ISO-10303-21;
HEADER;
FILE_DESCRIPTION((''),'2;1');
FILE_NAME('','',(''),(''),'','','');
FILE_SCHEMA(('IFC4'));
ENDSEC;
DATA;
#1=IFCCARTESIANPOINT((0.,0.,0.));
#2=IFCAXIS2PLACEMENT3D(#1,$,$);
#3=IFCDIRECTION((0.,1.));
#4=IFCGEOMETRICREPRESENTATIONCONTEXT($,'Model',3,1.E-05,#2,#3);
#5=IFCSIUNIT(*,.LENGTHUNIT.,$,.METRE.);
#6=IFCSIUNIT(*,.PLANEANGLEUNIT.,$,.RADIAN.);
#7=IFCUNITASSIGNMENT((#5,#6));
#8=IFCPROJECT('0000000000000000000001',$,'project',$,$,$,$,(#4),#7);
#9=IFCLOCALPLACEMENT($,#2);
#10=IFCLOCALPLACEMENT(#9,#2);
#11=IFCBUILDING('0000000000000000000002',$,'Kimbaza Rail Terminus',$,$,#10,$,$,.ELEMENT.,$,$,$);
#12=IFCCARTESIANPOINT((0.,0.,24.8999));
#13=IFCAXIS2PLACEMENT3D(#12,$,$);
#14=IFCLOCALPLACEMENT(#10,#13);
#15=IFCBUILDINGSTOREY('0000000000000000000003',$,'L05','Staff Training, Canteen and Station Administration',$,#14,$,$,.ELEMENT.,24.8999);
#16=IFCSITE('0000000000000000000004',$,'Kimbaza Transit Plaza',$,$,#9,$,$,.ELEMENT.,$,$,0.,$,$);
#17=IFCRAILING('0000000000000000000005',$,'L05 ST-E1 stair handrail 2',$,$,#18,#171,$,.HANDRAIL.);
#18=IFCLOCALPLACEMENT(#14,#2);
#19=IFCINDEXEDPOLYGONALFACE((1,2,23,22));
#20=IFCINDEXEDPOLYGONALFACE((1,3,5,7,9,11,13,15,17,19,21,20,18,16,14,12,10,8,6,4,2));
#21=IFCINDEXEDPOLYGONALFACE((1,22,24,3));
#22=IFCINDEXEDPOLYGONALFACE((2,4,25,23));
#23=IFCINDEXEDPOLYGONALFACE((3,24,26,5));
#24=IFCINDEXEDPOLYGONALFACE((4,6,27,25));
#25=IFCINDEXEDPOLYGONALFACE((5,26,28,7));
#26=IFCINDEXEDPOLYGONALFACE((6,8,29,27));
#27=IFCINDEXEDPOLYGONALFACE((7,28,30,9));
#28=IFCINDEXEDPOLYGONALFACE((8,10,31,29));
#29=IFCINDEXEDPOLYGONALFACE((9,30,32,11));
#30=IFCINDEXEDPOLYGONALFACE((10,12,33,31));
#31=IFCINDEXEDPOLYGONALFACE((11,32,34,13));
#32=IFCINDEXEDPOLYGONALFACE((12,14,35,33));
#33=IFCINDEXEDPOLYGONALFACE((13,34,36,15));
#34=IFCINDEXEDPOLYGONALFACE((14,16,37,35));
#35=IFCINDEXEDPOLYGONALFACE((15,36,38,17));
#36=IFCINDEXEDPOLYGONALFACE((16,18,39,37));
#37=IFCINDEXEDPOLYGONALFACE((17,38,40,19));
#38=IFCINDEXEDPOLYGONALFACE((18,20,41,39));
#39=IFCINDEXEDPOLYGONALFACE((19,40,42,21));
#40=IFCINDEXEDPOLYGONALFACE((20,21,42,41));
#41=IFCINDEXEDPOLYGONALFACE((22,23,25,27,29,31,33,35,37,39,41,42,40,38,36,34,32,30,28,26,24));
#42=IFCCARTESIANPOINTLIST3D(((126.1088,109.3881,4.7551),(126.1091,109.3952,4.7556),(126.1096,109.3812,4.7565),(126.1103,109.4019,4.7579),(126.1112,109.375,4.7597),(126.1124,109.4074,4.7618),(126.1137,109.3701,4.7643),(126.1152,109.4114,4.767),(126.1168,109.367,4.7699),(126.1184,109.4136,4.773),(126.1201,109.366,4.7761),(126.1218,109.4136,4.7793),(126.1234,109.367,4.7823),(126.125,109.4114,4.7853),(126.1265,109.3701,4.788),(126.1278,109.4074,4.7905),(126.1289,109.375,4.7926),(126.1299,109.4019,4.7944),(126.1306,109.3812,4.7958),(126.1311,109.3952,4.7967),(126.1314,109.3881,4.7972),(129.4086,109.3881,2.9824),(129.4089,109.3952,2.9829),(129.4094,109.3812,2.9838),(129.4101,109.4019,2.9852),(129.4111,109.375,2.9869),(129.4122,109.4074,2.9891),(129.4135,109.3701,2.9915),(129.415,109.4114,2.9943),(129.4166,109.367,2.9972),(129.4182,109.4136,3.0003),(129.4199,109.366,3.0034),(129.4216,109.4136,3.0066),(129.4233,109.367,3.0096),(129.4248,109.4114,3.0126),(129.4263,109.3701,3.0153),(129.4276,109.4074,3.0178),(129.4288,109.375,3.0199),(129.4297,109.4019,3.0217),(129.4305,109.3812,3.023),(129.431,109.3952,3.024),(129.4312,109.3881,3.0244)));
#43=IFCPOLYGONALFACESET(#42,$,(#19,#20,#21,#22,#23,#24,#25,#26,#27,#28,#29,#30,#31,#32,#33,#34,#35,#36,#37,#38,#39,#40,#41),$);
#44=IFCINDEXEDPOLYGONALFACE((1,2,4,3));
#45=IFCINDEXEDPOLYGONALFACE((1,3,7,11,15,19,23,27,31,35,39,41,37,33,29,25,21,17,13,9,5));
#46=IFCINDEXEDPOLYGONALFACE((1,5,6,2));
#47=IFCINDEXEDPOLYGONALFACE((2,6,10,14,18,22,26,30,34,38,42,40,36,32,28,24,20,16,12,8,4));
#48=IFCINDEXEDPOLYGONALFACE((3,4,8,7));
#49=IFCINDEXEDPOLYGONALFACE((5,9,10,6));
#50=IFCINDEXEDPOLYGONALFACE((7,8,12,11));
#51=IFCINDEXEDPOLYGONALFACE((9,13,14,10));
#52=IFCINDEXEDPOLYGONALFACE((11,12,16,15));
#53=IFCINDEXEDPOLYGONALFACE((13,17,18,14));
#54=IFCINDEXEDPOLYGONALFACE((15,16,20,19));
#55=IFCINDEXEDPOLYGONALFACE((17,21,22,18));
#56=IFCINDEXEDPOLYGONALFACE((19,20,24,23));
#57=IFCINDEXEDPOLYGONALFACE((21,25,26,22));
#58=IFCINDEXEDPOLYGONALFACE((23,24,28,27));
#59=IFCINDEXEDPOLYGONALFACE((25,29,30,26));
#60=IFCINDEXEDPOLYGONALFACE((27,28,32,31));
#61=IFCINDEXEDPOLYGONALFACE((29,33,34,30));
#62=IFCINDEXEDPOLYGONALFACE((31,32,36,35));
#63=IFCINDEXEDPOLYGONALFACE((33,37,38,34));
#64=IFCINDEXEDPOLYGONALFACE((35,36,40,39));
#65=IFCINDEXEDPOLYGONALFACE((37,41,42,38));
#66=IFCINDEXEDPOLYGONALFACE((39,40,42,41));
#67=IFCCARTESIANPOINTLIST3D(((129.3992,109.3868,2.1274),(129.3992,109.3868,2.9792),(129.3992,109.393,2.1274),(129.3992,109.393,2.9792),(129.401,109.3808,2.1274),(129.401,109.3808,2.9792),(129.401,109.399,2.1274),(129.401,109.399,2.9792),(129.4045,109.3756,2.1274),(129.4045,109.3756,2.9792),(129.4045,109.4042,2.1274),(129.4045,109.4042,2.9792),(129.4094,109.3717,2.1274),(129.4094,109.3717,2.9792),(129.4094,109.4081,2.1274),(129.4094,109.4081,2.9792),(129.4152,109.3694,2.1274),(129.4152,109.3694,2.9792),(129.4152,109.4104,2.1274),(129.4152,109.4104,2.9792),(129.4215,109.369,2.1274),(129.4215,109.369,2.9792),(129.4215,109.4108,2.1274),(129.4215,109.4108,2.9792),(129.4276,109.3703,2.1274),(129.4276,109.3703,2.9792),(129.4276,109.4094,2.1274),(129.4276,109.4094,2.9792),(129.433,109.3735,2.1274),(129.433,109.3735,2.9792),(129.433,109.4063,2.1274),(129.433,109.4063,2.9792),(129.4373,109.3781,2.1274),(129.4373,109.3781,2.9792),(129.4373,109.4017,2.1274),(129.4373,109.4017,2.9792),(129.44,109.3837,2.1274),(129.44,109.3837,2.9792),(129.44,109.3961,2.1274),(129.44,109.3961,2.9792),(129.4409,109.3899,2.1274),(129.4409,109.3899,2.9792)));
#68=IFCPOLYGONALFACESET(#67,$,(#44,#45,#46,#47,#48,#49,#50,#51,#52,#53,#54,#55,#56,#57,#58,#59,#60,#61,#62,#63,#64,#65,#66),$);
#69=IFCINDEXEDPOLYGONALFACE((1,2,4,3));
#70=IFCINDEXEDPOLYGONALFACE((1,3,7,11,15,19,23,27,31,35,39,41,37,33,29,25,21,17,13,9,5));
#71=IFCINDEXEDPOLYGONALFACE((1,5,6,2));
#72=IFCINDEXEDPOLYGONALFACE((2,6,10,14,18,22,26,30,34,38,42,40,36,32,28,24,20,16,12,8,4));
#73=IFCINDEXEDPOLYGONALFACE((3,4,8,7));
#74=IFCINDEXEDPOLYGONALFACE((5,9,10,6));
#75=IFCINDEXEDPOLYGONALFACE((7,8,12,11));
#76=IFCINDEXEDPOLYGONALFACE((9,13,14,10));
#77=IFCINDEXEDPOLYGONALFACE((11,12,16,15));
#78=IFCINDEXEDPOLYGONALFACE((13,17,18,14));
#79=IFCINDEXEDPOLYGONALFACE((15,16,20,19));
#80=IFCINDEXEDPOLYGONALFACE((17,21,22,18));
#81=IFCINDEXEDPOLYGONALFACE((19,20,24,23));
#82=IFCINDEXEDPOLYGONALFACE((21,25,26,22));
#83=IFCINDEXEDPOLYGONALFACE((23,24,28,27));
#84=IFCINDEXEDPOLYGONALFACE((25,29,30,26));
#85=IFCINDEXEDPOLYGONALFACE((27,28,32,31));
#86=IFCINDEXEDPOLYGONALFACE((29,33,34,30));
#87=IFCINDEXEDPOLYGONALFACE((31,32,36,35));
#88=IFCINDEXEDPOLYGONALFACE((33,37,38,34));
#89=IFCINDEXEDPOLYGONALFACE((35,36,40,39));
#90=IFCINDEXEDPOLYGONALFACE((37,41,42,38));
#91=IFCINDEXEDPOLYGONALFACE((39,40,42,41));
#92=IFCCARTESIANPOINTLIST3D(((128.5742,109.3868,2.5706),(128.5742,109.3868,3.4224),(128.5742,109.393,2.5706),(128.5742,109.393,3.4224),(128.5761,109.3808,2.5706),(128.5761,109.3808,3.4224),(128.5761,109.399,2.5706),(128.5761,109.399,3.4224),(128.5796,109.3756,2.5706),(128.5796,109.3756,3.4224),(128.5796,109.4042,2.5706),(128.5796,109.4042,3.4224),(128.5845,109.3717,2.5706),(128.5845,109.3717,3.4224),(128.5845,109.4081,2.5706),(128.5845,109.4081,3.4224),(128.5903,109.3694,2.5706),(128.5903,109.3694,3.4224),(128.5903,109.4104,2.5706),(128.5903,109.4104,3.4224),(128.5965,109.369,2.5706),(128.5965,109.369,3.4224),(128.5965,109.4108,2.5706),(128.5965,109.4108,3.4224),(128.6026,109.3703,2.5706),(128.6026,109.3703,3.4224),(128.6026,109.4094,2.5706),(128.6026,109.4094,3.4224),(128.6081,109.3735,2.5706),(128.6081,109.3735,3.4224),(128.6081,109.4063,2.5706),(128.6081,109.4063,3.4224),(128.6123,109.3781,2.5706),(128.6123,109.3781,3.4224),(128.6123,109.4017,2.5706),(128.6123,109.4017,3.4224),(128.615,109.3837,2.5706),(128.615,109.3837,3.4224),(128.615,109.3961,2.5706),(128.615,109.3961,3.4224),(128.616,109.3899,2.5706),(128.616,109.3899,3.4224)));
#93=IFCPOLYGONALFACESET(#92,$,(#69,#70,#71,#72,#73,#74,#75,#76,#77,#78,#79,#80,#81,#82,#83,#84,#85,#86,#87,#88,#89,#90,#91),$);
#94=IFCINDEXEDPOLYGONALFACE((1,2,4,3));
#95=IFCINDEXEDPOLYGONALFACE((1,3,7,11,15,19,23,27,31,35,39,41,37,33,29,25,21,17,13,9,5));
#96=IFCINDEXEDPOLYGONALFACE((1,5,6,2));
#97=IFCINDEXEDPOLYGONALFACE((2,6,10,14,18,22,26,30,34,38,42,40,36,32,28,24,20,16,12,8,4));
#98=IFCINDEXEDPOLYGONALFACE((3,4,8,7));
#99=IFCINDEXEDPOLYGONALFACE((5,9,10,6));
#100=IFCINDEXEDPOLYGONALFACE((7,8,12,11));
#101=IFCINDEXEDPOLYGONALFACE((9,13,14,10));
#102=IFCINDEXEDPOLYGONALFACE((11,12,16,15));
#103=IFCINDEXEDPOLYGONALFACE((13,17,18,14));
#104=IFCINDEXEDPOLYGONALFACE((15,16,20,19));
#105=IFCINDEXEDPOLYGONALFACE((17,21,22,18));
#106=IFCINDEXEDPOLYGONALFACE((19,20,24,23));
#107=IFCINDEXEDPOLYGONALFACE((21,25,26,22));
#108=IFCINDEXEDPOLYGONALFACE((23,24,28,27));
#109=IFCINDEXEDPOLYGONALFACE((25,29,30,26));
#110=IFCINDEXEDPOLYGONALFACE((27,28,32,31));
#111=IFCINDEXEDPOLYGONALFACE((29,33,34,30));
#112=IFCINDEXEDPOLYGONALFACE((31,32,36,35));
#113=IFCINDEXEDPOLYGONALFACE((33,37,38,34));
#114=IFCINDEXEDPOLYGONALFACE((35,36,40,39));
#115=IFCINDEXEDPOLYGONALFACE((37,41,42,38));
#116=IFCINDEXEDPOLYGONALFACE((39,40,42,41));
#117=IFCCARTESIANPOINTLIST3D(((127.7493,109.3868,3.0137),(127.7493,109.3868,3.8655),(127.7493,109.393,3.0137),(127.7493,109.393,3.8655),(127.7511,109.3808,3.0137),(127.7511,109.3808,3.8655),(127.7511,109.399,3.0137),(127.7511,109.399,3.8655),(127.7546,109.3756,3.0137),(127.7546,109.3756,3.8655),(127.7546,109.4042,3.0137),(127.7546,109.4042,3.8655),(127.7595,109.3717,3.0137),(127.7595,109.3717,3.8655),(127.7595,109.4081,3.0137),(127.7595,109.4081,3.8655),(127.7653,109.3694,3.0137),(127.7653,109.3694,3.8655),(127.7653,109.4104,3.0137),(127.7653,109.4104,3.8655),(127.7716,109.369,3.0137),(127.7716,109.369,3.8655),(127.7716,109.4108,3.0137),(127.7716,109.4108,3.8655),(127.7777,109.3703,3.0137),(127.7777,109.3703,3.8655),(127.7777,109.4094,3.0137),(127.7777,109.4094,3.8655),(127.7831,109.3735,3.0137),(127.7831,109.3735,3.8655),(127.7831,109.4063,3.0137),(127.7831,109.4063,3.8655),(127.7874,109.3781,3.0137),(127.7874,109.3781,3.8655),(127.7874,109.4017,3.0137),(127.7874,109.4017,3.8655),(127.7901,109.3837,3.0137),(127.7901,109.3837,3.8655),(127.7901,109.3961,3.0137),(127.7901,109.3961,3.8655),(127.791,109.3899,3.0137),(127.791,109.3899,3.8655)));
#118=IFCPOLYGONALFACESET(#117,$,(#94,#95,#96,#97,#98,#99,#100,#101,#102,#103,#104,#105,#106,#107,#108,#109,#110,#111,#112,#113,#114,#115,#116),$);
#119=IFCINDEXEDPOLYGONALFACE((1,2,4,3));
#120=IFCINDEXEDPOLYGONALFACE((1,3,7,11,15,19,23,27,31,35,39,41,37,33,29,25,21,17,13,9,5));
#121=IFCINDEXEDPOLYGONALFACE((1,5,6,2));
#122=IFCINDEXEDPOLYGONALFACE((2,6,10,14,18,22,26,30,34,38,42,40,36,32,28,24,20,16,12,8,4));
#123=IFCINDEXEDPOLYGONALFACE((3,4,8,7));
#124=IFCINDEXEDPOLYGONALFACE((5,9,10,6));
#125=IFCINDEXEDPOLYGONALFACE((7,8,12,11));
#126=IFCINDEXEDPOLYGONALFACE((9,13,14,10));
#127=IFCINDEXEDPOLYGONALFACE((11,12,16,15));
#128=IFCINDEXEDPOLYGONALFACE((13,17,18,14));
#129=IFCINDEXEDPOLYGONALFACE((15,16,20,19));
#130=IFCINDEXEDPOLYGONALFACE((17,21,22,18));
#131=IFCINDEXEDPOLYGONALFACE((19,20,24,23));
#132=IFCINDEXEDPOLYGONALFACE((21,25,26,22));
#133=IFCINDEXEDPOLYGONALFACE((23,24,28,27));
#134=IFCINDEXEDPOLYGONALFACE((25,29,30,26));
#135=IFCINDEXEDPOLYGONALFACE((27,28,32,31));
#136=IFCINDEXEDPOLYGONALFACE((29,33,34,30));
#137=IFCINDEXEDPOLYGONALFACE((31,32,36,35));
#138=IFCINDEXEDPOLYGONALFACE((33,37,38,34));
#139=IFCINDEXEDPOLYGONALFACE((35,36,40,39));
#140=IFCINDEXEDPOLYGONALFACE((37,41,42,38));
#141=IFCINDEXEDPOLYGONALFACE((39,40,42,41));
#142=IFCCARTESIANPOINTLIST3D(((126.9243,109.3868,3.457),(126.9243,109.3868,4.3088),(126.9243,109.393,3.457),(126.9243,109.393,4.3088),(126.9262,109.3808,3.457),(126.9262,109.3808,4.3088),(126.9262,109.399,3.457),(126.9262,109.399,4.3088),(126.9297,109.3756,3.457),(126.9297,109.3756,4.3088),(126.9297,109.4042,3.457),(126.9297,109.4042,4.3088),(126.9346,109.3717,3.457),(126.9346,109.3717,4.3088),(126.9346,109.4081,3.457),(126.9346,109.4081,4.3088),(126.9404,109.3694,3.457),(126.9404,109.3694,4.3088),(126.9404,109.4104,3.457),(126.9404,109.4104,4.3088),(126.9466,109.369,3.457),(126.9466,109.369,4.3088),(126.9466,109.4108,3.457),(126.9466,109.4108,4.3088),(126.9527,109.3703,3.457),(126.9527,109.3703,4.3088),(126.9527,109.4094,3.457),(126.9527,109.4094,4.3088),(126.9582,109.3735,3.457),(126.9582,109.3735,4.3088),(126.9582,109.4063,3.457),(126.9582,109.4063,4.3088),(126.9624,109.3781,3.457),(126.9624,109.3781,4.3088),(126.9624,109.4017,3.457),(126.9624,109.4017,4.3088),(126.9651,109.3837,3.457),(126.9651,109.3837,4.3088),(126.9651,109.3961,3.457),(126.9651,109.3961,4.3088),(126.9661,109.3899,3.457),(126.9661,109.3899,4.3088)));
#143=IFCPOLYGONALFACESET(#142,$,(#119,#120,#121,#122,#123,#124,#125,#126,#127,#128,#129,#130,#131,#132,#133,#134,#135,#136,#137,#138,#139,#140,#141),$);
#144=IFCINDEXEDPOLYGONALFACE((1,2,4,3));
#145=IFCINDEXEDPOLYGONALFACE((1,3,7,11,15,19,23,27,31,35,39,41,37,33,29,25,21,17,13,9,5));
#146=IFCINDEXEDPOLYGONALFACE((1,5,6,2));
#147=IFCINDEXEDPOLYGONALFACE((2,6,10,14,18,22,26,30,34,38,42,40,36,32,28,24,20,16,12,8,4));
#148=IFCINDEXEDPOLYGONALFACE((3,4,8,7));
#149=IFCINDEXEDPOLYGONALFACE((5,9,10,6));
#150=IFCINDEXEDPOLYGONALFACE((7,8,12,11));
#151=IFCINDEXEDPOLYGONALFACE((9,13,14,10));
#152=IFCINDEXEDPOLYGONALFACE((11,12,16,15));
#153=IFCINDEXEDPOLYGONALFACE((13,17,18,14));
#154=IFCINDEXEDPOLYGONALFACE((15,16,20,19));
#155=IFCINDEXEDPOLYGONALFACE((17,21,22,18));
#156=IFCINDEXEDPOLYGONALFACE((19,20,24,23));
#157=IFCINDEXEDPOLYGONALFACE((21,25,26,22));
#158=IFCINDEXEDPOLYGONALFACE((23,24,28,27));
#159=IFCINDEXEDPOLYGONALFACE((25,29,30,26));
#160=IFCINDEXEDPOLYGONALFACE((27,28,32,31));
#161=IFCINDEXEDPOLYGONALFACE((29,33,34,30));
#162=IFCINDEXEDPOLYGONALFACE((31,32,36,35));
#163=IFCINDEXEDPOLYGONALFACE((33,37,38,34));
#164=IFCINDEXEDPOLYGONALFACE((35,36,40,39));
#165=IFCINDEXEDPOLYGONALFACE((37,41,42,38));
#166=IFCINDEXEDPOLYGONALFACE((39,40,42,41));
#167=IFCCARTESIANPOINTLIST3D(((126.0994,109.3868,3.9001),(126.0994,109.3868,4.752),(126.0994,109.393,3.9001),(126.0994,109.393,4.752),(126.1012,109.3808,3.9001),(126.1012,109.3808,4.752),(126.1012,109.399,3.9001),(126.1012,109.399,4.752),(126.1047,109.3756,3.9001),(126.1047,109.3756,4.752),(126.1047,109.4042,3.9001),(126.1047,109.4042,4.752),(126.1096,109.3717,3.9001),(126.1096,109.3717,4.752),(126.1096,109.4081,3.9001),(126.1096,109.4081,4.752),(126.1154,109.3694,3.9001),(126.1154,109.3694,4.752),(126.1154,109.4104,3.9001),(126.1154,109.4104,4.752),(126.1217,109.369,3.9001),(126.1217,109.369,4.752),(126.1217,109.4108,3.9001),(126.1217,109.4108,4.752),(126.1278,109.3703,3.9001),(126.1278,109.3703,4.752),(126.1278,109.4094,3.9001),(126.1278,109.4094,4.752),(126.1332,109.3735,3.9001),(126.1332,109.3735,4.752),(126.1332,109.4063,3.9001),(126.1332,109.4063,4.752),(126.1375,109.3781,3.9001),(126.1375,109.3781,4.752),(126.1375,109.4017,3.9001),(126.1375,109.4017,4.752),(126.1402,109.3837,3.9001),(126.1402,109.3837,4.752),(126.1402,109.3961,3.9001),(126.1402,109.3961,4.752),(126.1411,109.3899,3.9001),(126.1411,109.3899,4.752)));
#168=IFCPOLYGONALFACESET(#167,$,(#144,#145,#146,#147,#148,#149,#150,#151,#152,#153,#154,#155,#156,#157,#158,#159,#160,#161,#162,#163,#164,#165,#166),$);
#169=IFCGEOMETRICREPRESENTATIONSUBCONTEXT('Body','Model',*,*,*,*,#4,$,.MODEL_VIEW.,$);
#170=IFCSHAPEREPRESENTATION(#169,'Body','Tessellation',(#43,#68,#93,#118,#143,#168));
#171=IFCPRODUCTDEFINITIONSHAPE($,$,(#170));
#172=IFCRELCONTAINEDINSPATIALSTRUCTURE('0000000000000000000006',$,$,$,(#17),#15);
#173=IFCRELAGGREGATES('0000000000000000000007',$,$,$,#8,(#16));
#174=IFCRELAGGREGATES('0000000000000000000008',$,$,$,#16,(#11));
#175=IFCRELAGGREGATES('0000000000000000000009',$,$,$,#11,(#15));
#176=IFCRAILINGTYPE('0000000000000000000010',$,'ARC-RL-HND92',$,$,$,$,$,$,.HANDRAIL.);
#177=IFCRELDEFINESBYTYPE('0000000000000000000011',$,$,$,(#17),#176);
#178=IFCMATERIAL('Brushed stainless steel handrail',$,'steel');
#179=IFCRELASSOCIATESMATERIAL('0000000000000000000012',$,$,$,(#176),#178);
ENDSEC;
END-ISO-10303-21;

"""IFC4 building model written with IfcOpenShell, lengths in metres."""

from ifc_helpers import new_model, si_unit, direction, frame, origin, origin_2d, place, context, subcontext, project, spatial, circle, extrude, material, type_object, element, save


model = new_model("IFC4")

# Units and contexts
model_context = context("Model", 3, precision=1e-05, world=origin(), true_north=direction((0.0, 1.0)))
body_context = subcontext(model_context, "Body", "Model", "MODEL_VIEW")
ifc_project = project(units=[si_unit("LENGTHUNIT", "METRE"), si_unit("PLANEANGLEUNIT", "RADIAN")], contexts=[model_context])

# Site, building, storey
site_placement = place(None, origin())
site = spatial("IfcSite", under=ifc_project, at=site_placement, Name="Kimbaza Transit Plaza", CompositionType="ELEMENT", RefElevation=0.0)
building_placement = place(site_placement, origin())
building = spatial("IfcBuilding", under=site, at=building_placement, Name="Kimbaza Rail Terminus", CompositionType="ELEMENT")
storey_placement = place(building_placement, frame((0.0, 0.0, 24.8999)))
storey = spatial("IfcBuildingStorey", under=building, at=storey_placement, Name="L05", Description="Staff Training, Canteen and Station Administration", CompositionType="ELEMENT", Elevation=24.8999)

# Railing
ifc_material_1 = material(Name="Brushed stainless steel handrail", Category="steel")
railing_type_1 = type_object("IfcRailingType", Name="ARC-RL-HND92", PredefinedType="HANDRAIL", material=ifc_material_1)
railing_1_placement = place(storey_placement, frame((129.4199, 109.3899, 2.1274)))
element("IfcRailing", 1, at=railing_1_placement, inside=storey, type_object=railing_type_1, Name="L05 ST-E1 stair handrail 2", PredefinedType="HANDRAIL", context=body_context, shape_type="SweptSolid", body=[
    extrude(circle(Radius=0.0239, at=origin_2d()), frame((0.0, 0.0, 0.876), z_axis=(-0.880929, 0.0, 0.473248), x_axis=(0.0, -1.0, 0.0)), (0.0, 0.0, 1.0), 3.7458),
    extrude(circle(Radius=0.021, at=origin_2d()), origin(), (0.0, 0.0, 1.0), 0.8518),
    extrude(circle(Radius=0.021, at=origin_2d()), frame((-0.825, 0.0, 0.4431)), (0.0, 0.0, 1.0), 0.8518),
    extrude(circle(Radius=0.021, at=origin_2d()), frame((-1.6499, 0.0, 0.8862)), (0.0, 0.0, 1.0), 0.8518),
    extrude(circle(Radius=0.021, at=origin_2d()), frame((-2.4749, 0.0, 1.3296)), (0.0, 0.0, 1.0), 0.8518),
    extrude(circle(Radius=0.021, at=origin_2d()), frame((-3.2998, 0.0, 1.7727)), (0.0, 0.0, 1.0), 0.8518),
])

save(model, "model.ifc")
